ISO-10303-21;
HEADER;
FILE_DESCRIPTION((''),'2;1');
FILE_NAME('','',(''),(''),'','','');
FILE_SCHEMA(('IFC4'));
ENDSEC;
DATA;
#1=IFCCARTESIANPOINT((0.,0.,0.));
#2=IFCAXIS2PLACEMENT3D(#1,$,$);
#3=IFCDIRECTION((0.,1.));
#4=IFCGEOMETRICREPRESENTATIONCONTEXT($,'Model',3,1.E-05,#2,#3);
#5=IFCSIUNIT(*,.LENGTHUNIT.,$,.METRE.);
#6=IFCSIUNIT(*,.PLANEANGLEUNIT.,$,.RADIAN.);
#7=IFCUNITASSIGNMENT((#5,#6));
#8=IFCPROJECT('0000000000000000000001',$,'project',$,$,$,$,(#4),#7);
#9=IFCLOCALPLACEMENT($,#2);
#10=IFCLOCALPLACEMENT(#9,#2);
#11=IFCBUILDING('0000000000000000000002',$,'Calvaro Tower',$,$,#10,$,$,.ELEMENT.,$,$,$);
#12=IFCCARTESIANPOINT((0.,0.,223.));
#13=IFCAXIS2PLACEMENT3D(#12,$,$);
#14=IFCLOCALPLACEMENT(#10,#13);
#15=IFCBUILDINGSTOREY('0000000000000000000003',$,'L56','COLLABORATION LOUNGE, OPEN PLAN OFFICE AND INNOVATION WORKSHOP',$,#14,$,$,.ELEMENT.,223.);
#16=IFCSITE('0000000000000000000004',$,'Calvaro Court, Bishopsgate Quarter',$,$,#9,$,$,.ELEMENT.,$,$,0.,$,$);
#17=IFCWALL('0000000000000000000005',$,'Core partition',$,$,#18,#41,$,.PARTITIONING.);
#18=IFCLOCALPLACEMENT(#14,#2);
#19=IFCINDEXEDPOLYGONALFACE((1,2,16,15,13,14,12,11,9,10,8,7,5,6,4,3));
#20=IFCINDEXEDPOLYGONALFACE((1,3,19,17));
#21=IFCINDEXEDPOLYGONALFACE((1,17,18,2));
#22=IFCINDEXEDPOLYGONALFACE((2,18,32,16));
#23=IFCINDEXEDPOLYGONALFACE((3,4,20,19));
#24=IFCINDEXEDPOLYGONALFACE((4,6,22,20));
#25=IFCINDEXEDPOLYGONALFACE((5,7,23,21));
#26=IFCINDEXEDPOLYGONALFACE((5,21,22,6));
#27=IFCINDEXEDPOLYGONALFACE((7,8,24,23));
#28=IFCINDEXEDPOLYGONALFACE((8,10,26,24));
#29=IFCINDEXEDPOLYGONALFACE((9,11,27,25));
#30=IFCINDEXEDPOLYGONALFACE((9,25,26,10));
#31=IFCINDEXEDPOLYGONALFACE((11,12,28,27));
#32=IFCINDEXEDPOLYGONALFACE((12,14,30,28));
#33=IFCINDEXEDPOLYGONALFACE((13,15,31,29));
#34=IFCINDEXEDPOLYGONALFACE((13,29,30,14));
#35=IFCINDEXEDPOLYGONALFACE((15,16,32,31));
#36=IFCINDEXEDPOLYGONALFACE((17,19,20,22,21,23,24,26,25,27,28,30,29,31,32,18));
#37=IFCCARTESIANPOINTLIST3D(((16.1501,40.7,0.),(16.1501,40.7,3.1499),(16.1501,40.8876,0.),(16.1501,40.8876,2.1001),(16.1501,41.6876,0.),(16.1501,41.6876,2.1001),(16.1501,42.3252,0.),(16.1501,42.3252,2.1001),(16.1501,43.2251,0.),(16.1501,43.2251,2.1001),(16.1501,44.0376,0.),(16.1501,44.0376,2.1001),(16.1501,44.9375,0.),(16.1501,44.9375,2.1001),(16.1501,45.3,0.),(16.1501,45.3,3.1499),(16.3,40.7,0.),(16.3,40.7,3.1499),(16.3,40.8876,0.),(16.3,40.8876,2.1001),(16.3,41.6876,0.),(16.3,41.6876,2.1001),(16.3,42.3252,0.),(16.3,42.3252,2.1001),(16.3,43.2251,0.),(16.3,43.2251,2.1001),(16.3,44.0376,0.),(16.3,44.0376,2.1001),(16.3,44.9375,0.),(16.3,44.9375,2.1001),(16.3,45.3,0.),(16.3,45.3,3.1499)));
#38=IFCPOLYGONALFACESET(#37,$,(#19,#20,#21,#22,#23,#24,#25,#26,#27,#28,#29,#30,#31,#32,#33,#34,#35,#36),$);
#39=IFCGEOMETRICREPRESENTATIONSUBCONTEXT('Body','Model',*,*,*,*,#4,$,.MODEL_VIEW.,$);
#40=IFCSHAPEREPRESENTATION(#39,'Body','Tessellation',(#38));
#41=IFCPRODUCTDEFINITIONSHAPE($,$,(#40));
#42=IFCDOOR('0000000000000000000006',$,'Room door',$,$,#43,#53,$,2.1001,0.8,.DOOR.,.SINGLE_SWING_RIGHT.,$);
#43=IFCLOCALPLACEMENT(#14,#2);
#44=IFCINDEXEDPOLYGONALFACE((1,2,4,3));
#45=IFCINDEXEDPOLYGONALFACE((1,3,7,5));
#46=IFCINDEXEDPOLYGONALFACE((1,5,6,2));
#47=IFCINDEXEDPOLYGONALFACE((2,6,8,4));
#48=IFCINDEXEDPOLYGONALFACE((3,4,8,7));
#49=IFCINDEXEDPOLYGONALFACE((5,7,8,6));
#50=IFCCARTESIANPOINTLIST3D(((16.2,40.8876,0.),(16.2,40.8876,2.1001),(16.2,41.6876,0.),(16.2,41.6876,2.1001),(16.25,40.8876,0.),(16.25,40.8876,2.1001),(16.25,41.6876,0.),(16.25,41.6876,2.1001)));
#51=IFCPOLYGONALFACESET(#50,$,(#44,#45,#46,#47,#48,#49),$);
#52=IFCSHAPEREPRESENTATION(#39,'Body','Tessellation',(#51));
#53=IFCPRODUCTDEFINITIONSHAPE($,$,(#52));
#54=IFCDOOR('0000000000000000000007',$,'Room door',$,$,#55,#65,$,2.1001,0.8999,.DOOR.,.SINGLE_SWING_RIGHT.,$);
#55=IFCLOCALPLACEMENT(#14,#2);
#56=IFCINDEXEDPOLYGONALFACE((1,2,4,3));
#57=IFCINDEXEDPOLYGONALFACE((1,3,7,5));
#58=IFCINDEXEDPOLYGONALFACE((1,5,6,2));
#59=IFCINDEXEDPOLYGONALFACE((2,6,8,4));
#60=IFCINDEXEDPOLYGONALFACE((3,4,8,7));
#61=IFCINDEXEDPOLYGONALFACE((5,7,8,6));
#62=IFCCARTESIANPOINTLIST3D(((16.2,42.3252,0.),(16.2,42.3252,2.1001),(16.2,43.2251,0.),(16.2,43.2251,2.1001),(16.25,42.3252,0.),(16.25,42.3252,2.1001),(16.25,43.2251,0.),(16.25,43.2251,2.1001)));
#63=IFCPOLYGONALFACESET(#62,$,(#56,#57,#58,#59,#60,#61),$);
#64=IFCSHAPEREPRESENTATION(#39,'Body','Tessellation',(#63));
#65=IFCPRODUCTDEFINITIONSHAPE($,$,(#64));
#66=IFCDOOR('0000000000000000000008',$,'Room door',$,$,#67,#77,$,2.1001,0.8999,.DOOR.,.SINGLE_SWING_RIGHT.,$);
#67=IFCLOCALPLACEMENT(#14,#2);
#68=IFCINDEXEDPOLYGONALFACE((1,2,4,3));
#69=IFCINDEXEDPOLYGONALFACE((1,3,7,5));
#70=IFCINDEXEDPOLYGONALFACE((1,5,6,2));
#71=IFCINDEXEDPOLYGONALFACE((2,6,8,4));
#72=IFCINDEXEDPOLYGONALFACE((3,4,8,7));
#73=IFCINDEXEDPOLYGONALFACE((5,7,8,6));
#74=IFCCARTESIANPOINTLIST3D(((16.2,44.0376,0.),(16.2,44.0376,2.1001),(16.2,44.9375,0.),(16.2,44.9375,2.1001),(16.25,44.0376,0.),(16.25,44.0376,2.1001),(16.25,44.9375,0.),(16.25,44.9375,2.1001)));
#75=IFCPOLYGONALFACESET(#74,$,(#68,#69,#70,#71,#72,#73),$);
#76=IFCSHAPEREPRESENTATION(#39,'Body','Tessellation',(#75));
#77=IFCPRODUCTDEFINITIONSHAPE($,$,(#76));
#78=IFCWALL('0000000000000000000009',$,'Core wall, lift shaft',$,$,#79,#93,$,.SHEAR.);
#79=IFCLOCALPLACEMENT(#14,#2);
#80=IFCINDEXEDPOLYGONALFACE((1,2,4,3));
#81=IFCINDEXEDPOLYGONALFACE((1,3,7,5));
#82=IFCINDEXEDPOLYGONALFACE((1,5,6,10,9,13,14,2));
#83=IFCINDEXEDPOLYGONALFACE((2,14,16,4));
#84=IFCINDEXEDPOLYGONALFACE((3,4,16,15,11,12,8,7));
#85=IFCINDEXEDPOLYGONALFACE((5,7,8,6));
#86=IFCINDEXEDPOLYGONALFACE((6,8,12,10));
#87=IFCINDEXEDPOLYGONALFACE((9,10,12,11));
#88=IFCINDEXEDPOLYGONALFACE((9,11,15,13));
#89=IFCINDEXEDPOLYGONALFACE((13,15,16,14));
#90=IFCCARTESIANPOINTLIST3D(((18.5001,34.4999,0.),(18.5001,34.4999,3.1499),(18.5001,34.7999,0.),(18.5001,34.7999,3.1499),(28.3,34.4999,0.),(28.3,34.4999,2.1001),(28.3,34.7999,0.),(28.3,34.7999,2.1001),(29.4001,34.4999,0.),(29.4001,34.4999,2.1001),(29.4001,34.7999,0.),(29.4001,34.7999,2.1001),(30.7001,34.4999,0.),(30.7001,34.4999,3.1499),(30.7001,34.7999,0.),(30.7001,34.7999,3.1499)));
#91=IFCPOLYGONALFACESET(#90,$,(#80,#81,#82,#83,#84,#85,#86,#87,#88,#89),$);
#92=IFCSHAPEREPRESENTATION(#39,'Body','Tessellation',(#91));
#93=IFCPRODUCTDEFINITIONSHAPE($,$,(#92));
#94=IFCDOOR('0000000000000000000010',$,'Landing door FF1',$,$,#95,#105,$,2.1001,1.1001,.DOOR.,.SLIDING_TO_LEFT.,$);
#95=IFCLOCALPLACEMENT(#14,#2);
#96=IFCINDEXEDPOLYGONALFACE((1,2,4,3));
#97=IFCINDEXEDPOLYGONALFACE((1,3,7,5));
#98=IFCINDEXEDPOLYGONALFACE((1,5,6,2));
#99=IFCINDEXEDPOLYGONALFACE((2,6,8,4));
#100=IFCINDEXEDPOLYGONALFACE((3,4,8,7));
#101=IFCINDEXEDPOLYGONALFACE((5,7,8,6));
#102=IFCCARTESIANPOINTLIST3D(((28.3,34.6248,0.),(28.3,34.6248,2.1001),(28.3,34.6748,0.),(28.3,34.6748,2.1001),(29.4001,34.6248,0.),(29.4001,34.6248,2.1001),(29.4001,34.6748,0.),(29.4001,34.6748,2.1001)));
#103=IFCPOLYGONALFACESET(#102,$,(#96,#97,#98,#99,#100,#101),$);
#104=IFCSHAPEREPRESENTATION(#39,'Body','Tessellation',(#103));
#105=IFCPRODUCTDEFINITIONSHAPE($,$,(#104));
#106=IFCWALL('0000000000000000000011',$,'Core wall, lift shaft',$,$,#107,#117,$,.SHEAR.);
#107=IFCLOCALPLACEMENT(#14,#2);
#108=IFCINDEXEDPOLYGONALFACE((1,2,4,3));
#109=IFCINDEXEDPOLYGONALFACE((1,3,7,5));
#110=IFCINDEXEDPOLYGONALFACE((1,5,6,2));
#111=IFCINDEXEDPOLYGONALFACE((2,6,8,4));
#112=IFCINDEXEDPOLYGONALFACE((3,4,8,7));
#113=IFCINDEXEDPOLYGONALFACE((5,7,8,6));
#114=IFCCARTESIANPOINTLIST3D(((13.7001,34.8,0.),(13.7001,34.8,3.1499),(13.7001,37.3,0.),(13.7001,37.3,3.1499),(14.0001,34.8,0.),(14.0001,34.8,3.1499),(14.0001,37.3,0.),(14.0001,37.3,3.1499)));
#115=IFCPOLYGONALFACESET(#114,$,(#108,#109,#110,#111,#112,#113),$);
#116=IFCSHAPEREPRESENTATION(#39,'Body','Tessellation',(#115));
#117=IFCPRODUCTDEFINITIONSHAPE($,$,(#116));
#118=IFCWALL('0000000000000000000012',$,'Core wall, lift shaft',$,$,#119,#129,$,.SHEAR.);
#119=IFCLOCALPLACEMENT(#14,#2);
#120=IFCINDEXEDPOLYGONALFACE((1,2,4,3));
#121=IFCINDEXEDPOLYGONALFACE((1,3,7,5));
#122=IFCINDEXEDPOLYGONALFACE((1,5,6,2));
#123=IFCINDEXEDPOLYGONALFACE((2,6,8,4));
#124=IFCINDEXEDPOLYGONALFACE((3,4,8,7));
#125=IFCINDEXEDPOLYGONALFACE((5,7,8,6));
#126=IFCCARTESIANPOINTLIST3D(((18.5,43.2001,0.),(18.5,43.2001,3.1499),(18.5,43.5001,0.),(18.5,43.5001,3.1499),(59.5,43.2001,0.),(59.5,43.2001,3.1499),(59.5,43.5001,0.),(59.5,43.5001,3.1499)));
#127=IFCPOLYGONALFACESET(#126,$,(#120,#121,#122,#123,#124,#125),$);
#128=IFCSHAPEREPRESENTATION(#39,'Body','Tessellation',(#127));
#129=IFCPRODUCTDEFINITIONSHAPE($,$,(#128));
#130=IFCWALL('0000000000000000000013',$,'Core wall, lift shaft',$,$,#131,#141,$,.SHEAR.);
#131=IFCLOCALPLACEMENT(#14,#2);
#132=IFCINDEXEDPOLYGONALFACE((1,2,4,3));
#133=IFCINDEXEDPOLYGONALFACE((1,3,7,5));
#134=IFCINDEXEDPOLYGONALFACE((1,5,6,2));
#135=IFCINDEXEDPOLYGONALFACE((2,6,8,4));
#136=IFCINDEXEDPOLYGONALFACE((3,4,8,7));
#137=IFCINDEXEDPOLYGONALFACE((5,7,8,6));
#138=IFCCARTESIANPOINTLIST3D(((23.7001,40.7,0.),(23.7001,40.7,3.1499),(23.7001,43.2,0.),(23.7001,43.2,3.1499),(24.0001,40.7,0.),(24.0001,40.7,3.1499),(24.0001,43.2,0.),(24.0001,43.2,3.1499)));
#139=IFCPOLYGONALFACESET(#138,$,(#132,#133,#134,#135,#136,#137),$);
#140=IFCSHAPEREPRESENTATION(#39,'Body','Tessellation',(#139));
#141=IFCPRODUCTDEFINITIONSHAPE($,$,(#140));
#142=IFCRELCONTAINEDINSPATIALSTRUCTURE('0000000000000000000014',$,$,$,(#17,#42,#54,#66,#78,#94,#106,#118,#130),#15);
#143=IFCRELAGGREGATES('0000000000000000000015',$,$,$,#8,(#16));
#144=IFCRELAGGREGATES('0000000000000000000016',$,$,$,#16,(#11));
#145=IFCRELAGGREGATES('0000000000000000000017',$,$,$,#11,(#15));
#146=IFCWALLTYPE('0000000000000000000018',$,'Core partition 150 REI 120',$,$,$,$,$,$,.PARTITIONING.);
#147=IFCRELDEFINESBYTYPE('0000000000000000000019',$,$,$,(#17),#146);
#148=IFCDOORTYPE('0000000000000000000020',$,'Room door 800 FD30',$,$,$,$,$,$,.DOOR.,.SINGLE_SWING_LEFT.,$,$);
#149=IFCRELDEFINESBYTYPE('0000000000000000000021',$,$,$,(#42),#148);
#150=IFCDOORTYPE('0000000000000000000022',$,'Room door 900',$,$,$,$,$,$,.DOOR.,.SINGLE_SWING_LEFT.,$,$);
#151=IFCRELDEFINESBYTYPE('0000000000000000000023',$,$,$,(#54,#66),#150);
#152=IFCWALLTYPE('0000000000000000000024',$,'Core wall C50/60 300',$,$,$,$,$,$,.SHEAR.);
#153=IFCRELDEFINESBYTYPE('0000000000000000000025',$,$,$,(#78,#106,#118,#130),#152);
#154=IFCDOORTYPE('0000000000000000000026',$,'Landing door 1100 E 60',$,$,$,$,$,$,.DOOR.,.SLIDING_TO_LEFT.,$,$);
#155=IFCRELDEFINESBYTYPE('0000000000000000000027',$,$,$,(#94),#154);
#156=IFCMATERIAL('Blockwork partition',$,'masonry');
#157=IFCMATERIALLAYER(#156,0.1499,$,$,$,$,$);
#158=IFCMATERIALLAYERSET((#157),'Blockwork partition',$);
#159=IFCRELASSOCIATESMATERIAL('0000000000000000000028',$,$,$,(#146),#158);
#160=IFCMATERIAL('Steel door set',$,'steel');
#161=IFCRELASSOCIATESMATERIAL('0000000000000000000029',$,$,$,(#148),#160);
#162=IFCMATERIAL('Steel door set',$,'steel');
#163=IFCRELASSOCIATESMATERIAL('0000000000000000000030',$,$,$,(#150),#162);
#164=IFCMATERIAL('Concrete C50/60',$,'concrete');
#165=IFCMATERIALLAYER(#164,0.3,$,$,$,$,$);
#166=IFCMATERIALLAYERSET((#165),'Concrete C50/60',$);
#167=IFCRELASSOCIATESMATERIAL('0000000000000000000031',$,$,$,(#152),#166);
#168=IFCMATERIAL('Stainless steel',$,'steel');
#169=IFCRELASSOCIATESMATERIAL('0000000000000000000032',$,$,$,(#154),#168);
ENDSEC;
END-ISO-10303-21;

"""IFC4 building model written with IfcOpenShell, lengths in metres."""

from ifc_helpers import new_model, si_unit, direction, frame, frame_2d, origin, place, context, subcontext, project, spatial, rectangle, extrude, material, layer, layer_set, type_object, element, fill, save


model = new_model("IFC4")

# Units and contexts
model_context = context("Model", 3, precision=1e-05, world=origin(), true_north=direction((0.0, 1.0)))
body_context = subcontext(model_context, "Body", "Model", "MODEL_VIEW")
ifc_project = project(units=[si_unit("LENGTHUNIT", "METRE"), si_unit("PLANEANGLEUNIT", "RADIAN")], contexts=[model_context])

# Site, building, storey
site_placement = place(None, origin())
site = spatial("IfcSite", under=ifc_project, at=site_placement, Name="Calvaro Court, Bishopsgate Quarter", CompositionType="ELEMENT", RefElevation=0.0)
building_placement = place(site_placement, origin())
building = spatial("IfcBuilding", under=site, at=building_placement, Name="Calvaro Tower", CompositionType="ELEMENT")
storey_placement = place(building_placement, frame((0.0, 0.0, 223.0)))
storey = spatial("IfcBuildingStorey", under=building, at=storey_placement, Name="L56", Description="COLLABORATION LOUNGE, OPEN PLAN OFFICE AND INNOVATION WORKSHOP", CompositionType="ELEMENT", Elevation=223.0)

# Wall, openings, doors
ifc_material_1 = material(Name="Blockwork partition", Category="masonry")
ifc_layer_1 = layer(ifc_material_1, 0.1499)
ifc_layer_set_1 = layer_set([ifc_layer_1], Name="Blockwork partition")
wall_type_1 = type_object("IfcWallType", Name="Core partition 150 REI 120", PredefinedType="PARTITIONING", material=ifc_layer_set_1)
wall_1_placement = place(storey_placement, frame((16.2251, 45.3, 0.0), z_axis=(0.0, 0.0, 1.0), x_axis=(0.0, -1.0, 0.0)))
wall_1 = element("IfcWall", 1, at=wall_1_placement, inside=storey, type_object=wall_type_1, Name="Core partition", PredefinedType="PARTITIONING", context=body_context, shape_type="SweptSolid", body=[
    extrude(rectangle(XDim=4.6001, YDim=0.1499, at=frame_2d((2.3, 0.0))), origin(), (0.0, 0.0, 1.0), 3.1499),
])
opening_1_placement = place(wall_1_placement, frame((3.6125, 0.0, 0.0)))
opening_1 = element("IfcOpeningElement", 2, at=opening_1_placement, cuts=wall_1, PredefinedType="OPENING", context=body_context, shape_type="SweptSolid", body=[
    extrude(rectangle(XDim=0.8, YDim=2.1001, at=frame_2d((0.3999, 1.05))), frame((0.0, 0.085, 0.0), z_axis=(0.0, -1.0, 0.0), x_axis=(1.0, 0.0, 0.0)), (0.0, 0.0, 1.0), 0.1699),
])
opening_2_placement = place(wall_1_placement, frame((2.075, 0.0, 0.0)))
opening_2 = element("IfcOpeningElement", 3, at=opening_2_placement, cuts=wall_1, PredefinedType="OPENING", context=body_context, shape_type="SweptSolid", body=[
    extrude(rectangle(XDim=0.8999, YDim=2.1001, at=frame_2d((0.45, 1.05))), frame((0.0, 0.085, 0.0), z_axis=(0.0, -1.0, 0.0), x_axis=(1.0, 0.0, 0.0)), (0.0, 0.0, 1.0), 0.1699),
])
opening_3_placement = place(wall_1_placement, frame((0.3625, 0.0, 0.0)))
opening_3 = element("IfcOpeningElement", 4, at=opening_3_placement, cuts=wall_1, PredefinedType="OPENING", context=body_context, shape_type="SweptSolid", body=[
    extrude(rectangle(XDim=0.8999, YDim=2.1001, at=frame_2d((0.45, 1.05))), frame((0.0, 0.085, 0.0), z_axis=(0.0, -1.0, 0.0), x_axis=(1.0, 0.0, 0.0)), (0.0, 0.0, 1.0), 0.1699),
])
ifc_material_2 = material(Name="Steel door set", Category="steel")
door_type_1 = type_object("IfcDoorType", Name="Room door 800 FD30", OperationType="SINGLE_SWING_LEFT", PredefinedType="DOOR", material=ifc_material_2)
door_1_placement = place(opening_1_placement, origin())
door_1 = element("IfcDoor", 5, at=door_1_placement, inside=storey, type_object=door_type_1, Name="Room door", OperationType="SINGLE_SWING_RIGHT", OverallHeight=2.1001, OverallWidth=0.8, PredefinedType="DOOR", context=body_context, shape_type="SweptSolid", body=[
    extrude(rectangle(XDim=0.8, YDim=2.1001, at=frame_2d((0.3999, 1.05))), frame((0.0, 0.0249, 0.0), z_axis=(0.0, -1.0, 0.0), x_axis=(1.0, 0.0, 0.0)), (0.0, 0.0, 1.0), 0.05),
])
fill(opening_1, door_1)
ifc_material_3 = material(Name="Steel door set", Category="steel")
door_type_2 = type_object("IfcDoorType", Name="Room door 900", OperationType="SINGLE_SWING_LEFT", PredefinedType="DOOR", material=ifc_material_3)
door_2_placement = place(opening_2_placement, origin())
door_2 = element("IfcDoor", 6, at=door_2_placement, inside=storey, type_object=door_type_2, Name="Room door", OperationType="SINGLE_SWING_RIGHT", OverallHeight=2.1001, OverallWidth=0.8999, PredefinedType="DOOR", context=body_context, shape_type="SweptSolid", body=[
    extrude(rectangle(XDim=0.8999, YDim=2.1001, at=frame_2d((0.45, 1.05))), frame((0.0, 0.0249, 0.0), z_axis=(0.0, -1.0, 0.0), x_axis=(1.0, 0.0, 0.0)), (0.0, 0.0, 1.0), 0.05),
])
fill(opening_2, door_2)
door_3_placement = place(opening_3_placement, origin())
door_3 = element("IfcDoor", 7, at=door_3_placement, inside=storey, type_object=door_type_2, Name="Room door", OperationType="SINGLE_SWING_RIGHT", OverallHeight=2.1001, OverallWidth=0.8999, PredefinedType="DOOR", context=body_context, shape_type="SweptSolid", body=[
    extrude(rectangle(XDim=0.8999, YDim=2.1001, at=frame_2d((0.45, 1.05))), frame((0.0, 0.0249, 0.0), z_axis=(0.0, -1.0, 0.0), x_axis=(1.0, 0.0, 0.0)), (0.0, 0.0, 1.0), 0.05),
])
fill(opening_3, door_3)

# Wall, opening, door
ifc_material_4 = material(Name="Concrete C50/60", Category="concrete")
ifc_layer_2 = layer(ifc_material_4, 0.3)
ifc_layer_set_2 = layer_set([ifc_layer_2], Name="Concrete C50/60")
wall_type_2 = type_object("IfcWallType", Name="Core wall C50/60 300", PredefinedType="SHEAR", material=ifc_layer_set_2)
wall_2_placement = place(storey_placement, frame((18.5, 34.6499, 0.0), z_axis=(0.0, 0.0, 1.0), x_axis=(1.0, 0.0, 0.0)))
wall_2 = element("IfcWall", 8, at=wall_2_placement, inside=storey, type_object=wall_type_2, Name="Core wall, lift shaft", PredefinedType="SHEAR", context=body_context, shape_type="SweptSolid", body=[
    extrude(rectangle(XDim=12.2, YDim=0.3, at=frame_2d((6.1001, 0.0))), origin(), (0.0, 0.0, 1.0), 3.1499),
])
opening_4_placement = place(wall_2_placement, frame((9.8, 0.0, 0.0)))
opening_4 = element("IfcOpeningElement", 9, at=opening_4_placement, cuts=wall_2, PredefinedType="OPENING", context=body_context, shape_type="SweptSolid", body=[
    extrude(rectangle(XDim=1.1001, YDim=2.1001, at=frame_2d((0.55, 1.05))), frame((0.0, 0.1599, 0.0), z_axis=(0.0, -1.0, 0.0), x_axis=(1.0, 0.0, 0.0)), (0.0, 0.0, 1.0), 0.3201),
])
ifc_material_5 = material(Name="Stainless steel", Category="steel")
door_type_3 = type_object("IfcDoorType", Name="Landing door 1100 E 60", OperationType="SLIDING_TO_LEFT", PredefinedType="DOOR", material=ifc_material_5)
door_4_placement = place(opening_4_placement, origin())
door_4 = element("IfcDoor", 10, at=door_4_placement, inside=storey, type_object=door_type_3, Name="Landing door FF1", OperationType="SLIDING_TO_LEFT", OverallHeight=2.1001, OverallWidth=1.1001, PredefinedType="DOOR", context=body_context, shape_type="SweptSolid", body=[
    extrude(rectangle(XDim=1.1001, YDim=2.1001, at=frame_2d((0.55, 1.05))), frame((0.0, 0.0249, 0.0), z_axis=(0.0, -1.0, 0.0), x_axis=(1.0, 0.0, 0.0)), (0.0, 0.0, 1.0), 0.05),
])
fill(opening_4, door_4)

# Wall
wall_3_placement = place(storey_placement, frame((13.8501, 34.8, 0.0), z_axis=(0.0, 0.0, 1.0), x_axis=(0.0, 1.0, 0.0)))
element("IfcWall", 11, at=wall_3_placement, inside=storey, type_object=wall_type_2, Name="Core wall, lift shaft", PredefinedType="SHEAR", context=body_context, shape_type="SweptSolid", body=[
    extrude(rectangle(XDim=2.5, YDim=0.3, at=frame_2d((1.25, 0.0))), origin(), (0.0, 0.0, 1.0), 3.1499),
])

# Walls
wall_4_placement = place(storey_placement, frame((18.5, 43.3501, 0.0), z_axis=(0.0, 0.0, 1.0), x_axis=(1.0, 0.0, 0.0)))
element("IfcWall", 12, at=wall_4_placement, inside=storey, type_object=wall_type_2, Name="Core wall, lift shaft", PredefinedType="SHEAR", context=body_context, shape_type="SweptSolid", body=[
    extrude(rectangle(XDim=41.0, YDim=0.3, at=frame_2d((20.5, 0.0))), origin(), (0.0, 0.0, 1.0), 3.1499),
])
wall_5_placement = place(storey_placement, frame((23.8501, 40.7, 0.0), z_axis=(0.0, 0.0, 1.0), x_axis=(0.0, 1.0, 0.0)))
element("IfcWall", 13, at=wall_5_placement, inside=storey, type_object=wall_type_2, Name="Core wall, lift shaft", PredefinedType="SHEAR", context=body_context, shape_type="SweptSolid", body=[
    extrude(rectangle(XDim=2.5, YDim=0.3, at=frame_2d((1.25, 0.0))), origin(), (0.0, 0.0, 1.0), 3.1499),
])

save(model, "model.ifc")
